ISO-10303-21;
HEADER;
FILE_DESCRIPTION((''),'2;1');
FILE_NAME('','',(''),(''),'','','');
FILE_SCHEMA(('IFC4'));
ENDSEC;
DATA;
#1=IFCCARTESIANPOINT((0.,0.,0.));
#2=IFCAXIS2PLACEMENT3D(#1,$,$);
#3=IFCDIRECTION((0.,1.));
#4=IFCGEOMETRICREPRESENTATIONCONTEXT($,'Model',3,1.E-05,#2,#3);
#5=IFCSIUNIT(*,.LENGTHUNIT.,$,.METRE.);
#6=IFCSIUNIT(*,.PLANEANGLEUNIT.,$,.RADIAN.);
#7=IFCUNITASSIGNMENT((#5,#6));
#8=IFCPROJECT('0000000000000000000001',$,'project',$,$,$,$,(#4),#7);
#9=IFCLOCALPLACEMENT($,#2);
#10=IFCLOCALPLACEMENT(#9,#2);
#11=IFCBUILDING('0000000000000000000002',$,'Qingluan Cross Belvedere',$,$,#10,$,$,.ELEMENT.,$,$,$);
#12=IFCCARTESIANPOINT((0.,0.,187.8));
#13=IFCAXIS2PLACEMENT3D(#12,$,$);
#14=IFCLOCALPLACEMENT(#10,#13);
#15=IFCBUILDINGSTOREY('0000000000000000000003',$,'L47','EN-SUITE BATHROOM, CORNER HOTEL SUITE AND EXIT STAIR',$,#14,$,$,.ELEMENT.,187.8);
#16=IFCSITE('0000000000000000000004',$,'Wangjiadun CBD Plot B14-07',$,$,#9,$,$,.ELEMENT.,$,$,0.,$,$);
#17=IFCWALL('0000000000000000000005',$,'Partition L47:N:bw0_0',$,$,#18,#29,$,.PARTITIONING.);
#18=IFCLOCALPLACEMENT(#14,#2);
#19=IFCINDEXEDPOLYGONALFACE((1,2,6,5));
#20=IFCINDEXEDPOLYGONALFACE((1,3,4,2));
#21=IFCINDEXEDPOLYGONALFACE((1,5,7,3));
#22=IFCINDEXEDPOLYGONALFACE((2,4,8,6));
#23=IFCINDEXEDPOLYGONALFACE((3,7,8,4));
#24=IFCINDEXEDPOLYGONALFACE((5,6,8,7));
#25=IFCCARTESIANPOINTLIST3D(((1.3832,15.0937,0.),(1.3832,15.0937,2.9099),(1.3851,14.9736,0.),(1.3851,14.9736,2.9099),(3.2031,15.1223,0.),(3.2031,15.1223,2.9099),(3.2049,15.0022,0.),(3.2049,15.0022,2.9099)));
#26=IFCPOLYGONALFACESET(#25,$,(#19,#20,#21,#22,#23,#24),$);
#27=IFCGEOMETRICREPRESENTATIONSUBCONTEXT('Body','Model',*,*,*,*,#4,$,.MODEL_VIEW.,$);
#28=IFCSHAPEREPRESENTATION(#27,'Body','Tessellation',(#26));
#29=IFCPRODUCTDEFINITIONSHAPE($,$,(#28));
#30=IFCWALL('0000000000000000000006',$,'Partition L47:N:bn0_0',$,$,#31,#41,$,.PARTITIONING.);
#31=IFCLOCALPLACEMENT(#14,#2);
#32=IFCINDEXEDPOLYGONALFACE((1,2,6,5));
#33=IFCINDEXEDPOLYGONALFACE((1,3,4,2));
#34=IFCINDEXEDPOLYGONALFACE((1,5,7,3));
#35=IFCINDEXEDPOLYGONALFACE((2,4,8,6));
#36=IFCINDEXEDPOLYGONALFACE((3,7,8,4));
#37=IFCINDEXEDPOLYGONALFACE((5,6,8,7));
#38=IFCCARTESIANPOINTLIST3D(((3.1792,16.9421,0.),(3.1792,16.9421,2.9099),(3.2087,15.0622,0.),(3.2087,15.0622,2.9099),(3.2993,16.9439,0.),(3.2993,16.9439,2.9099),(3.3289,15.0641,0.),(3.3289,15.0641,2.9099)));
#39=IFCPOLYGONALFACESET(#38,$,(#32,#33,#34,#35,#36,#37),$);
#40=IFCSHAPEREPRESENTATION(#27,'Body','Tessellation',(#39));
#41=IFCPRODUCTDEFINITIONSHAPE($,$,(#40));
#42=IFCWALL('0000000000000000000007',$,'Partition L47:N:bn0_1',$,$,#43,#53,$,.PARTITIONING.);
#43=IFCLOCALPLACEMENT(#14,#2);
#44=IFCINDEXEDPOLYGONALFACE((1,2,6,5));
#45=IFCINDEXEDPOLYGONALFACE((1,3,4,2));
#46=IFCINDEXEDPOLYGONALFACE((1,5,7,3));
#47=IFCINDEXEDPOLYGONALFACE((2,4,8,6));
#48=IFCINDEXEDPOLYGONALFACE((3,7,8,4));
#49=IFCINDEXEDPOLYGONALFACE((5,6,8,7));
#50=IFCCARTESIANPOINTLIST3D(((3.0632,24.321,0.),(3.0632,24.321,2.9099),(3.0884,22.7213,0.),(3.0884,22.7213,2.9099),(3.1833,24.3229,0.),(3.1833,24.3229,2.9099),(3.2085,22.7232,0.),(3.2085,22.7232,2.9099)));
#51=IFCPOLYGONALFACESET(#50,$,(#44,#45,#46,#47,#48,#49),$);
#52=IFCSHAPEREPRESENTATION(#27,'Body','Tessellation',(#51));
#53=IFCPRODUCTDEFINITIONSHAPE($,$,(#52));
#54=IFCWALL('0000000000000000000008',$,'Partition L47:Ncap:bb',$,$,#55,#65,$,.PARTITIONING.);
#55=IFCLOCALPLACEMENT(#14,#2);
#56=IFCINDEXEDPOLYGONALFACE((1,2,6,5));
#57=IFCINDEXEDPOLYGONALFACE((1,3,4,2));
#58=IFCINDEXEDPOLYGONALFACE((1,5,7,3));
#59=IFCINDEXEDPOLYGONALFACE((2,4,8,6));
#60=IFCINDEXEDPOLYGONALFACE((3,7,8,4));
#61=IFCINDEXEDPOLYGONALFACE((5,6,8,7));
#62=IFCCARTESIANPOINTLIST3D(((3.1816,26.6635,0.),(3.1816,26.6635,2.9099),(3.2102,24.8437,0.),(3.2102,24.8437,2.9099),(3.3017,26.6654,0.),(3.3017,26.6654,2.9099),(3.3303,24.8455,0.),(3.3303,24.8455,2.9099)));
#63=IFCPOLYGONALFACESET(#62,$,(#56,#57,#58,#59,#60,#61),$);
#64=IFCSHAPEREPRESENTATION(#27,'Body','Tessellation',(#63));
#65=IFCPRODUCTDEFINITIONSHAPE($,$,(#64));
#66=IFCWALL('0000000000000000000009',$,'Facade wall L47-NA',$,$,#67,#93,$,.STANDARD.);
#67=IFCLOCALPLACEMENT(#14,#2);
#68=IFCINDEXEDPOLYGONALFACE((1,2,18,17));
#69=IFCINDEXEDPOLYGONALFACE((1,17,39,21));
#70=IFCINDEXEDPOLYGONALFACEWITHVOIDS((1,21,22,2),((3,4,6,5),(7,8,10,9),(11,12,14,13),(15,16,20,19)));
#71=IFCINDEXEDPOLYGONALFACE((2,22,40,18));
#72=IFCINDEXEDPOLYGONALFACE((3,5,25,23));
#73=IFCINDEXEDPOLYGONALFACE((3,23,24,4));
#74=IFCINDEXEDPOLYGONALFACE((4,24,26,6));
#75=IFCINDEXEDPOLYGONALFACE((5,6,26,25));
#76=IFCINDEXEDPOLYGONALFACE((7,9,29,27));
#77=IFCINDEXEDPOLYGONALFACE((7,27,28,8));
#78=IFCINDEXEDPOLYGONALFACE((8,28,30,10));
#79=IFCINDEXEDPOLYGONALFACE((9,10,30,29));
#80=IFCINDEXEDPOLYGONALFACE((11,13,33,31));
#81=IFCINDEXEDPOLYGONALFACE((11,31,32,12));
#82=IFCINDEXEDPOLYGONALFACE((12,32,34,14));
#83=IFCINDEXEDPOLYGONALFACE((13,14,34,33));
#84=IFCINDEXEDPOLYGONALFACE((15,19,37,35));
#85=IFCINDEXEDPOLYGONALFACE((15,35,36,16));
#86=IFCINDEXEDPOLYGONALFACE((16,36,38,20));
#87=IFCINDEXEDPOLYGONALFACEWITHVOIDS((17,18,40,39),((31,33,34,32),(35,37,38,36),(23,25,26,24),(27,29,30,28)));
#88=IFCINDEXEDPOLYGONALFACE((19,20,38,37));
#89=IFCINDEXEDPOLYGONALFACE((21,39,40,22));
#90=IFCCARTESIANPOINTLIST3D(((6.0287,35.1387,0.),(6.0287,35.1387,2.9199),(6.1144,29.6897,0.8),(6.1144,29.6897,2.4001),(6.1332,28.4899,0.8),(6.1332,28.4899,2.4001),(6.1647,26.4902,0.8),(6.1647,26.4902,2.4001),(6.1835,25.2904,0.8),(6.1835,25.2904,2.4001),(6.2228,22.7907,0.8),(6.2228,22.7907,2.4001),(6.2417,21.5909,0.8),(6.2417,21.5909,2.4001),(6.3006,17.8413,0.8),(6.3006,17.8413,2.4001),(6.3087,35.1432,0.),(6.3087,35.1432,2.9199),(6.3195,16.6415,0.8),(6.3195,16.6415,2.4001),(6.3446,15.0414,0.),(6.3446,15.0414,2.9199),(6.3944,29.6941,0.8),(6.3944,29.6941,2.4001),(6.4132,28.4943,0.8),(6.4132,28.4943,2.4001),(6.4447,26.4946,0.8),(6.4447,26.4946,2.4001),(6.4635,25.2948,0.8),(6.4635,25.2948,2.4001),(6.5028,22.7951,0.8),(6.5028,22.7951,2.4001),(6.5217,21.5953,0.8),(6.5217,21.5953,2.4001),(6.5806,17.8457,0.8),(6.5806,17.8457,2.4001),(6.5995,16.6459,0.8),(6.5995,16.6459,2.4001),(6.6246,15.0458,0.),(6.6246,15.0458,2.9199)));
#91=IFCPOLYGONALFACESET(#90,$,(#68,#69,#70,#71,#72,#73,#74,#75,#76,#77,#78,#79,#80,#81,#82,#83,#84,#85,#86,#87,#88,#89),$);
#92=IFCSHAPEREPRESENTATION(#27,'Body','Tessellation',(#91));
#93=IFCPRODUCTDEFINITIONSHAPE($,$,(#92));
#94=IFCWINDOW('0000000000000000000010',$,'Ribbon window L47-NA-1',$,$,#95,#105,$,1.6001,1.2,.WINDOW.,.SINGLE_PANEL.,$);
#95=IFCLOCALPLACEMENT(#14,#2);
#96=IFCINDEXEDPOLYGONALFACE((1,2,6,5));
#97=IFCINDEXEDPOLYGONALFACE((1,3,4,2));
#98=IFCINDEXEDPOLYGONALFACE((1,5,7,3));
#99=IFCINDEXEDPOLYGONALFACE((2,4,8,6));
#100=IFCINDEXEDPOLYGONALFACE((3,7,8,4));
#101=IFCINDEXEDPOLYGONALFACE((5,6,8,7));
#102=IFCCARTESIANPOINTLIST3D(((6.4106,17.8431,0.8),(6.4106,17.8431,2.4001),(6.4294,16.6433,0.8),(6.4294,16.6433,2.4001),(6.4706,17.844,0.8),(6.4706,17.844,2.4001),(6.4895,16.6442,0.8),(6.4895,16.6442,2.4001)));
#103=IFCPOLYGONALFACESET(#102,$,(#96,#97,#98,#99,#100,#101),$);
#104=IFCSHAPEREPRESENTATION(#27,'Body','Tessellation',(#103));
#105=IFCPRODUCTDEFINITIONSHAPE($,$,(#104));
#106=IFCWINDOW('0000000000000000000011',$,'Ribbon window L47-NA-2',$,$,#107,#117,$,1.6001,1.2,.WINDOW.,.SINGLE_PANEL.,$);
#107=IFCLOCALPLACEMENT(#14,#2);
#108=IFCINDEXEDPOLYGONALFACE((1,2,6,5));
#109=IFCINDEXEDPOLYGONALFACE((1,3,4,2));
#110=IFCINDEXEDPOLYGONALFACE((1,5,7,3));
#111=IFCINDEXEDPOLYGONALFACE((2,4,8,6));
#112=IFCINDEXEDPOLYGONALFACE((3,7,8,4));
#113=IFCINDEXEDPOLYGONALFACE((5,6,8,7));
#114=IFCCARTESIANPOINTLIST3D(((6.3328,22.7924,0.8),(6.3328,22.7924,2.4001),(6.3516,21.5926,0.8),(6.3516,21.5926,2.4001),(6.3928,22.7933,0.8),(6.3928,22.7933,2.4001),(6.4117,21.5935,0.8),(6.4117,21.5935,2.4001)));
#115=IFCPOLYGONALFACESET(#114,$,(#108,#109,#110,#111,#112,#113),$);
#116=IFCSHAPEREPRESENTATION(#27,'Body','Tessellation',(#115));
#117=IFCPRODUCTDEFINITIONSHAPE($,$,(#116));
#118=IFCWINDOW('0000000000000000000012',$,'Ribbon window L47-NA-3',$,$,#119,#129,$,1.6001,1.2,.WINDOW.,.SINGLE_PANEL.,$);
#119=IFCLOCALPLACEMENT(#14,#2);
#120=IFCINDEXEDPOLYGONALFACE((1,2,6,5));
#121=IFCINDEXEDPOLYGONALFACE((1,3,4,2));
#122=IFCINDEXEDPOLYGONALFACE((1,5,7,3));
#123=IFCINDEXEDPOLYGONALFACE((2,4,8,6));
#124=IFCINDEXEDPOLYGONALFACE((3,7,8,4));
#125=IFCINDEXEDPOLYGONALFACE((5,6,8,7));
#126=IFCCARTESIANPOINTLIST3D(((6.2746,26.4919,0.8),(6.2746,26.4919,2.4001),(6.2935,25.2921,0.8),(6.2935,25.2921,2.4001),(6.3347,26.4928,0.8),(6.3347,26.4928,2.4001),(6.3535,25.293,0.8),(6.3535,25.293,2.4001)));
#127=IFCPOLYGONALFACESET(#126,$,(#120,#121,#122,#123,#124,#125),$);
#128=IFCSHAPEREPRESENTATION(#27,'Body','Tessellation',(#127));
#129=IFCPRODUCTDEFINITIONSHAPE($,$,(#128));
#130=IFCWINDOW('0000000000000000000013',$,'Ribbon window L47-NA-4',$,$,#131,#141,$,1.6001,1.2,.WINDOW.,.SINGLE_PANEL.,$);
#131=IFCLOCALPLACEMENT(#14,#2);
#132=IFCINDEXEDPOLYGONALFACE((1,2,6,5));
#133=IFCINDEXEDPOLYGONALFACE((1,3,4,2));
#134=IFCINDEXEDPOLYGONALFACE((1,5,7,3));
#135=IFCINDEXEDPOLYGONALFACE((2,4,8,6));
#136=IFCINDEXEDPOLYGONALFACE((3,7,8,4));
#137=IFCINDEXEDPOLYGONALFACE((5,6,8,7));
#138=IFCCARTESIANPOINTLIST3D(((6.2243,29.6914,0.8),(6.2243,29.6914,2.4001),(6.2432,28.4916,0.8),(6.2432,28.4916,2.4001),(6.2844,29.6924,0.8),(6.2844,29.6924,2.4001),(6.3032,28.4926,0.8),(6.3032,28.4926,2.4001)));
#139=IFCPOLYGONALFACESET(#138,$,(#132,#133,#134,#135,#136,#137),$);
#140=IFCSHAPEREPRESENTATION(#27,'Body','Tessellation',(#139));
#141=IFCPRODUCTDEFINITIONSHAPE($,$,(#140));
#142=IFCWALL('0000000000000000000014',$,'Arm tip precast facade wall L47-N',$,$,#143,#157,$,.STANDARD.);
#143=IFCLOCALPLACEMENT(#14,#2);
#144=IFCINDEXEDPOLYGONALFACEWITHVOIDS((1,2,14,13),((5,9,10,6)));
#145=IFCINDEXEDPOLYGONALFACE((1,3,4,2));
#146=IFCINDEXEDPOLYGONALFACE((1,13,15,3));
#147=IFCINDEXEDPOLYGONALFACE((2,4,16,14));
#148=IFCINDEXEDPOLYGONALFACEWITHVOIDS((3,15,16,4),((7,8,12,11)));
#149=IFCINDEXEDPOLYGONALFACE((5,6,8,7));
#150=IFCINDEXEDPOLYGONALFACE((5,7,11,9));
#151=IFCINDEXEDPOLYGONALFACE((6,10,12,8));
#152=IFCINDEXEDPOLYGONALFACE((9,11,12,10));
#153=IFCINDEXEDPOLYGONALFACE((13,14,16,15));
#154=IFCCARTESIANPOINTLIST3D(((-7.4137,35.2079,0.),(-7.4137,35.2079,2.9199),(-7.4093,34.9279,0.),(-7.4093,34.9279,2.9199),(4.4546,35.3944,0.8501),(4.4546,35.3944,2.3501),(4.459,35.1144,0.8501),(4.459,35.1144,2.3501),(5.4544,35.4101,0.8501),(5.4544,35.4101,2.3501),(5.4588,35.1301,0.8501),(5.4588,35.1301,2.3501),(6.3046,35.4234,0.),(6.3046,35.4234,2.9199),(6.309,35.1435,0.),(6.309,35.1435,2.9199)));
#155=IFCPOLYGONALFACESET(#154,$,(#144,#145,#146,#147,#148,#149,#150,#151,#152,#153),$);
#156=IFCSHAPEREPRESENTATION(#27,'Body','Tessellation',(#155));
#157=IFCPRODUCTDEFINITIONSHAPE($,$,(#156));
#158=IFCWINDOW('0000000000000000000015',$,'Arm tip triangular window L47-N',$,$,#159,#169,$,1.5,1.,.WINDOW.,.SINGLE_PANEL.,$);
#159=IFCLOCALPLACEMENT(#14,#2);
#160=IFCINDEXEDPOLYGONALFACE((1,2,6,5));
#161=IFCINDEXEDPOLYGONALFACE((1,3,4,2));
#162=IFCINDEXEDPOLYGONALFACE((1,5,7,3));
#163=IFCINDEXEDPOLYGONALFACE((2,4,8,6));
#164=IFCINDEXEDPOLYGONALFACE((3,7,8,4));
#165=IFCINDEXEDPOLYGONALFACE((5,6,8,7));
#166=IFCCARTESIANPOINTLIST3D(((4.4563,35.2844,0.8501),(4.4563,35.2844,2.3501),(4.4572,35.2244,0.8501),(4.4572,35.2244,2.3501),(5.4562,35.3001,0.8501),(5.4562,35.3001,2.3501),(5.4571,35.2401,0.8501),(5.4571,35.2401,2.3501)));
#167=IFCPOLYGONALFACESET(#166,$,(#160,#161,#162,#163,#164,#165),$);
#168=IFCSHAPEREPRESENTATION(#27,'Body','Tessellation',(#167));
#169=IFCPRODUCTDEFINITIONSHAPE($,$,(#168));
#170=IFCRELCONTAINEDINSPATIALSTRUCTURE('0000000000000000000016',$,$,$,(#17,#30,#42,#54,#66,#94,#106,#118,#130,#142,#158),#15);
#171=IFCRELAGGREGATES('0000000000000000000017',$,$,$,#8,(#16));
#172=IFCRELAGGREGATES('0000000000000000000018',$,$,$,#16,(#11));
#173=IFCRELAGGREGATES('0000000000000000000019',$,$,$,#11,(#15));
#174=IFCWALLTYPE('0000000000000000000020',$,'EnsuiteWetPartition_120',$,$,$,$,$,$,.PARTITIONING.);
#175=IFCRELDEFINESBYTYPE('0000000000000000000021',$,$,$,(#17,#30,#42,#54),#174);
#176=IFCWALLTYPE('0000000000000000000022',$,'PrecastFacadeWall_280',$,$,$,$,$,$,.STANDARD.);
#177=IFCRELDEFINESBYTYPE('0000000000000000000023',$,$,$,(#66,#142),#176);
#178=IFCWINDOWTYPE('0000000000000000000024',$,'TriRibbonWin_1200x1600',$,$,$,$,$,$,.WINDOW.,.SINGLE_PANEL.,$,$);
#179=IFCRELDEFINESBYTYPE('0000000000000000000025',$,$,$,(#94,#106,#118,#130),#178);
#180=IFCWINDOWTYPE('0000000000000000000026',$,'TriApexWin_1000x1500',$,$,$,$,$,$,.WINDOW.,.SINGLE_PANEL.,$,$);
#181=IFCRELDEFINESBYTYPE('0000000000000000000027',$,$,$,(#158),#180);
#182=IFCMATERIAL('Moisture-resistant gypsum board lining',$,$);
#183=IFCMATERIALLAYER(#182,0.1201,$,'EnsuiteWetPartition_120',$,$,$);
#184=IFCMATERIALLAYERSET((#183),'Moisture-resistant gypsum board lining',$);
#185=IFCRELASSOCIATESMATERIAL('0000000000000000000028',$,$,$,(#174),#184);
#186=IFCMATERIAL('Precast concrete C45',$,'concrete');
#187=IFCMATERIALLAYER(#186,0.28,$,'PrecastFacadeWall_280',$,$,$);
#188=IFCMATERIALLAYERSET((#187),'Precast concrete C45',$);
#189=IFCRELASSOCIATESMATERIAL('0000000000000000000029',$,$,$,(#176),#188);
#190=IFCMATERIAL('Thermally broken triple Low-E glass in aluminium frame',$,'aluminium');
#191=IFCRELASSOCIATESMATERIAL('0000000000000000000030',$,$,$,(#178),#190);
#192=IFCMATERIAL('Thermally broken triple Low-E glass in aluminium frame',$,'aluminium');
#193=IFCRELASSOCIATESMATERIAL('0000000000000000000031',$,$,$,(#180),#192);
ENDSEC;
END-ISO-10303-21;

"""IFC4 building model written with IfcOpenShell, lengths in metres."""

from ifc_helpers import new_model, si_unit, direction, frame, frame_2d, origin, place, context, subcontext, project, spatial, rectangle, extrude, material, layer, layer_set, type_object, element, fill, save


model = new_model("IFC4")

# Units and contexts
model_context = context("Model", 3, precision=1e-05, world=origin(), true_north=direction((0.0, 1.0)))
body_context = subcontext(model_context, "Body", "Model", "MODEL_VIEW")
ifc_project = project(units=[si_unit("LENGTHUNIT", "METRE"), si_unit("PLANEANGLEUNIT", "RADIAN")], contexts=[model_context])

# Site, building, storey
site_placement = place(None, origin())
site = spatial("IfcSite", under=ifc_project, at=site_placement, Name="Wangjiadun CBD Plot B14-07", CompositionType="ELEMENT", RefElevation=0.0)
building_placement = place(site_placement, origin())
building = spatial("IfcBuilding", under=site, at=building_placement, Name="Qingluan Cross Belvedere", CompositionType="ELEMENT")
storey_placement = place(building_placement, frame((0.0, 0.0, 187.8)))
storey = spatial("IfcBuildingStorey", under=building, at=storey_placement, Name="L47", Description="EN-SUITE BATHROOM, CORNER HOTEL SUITE AND EXIT STAIR", CompositionType="ELEMENT", Elevation=187.8)

# Walls
ifc_material_1 = material(Name="Moisture-resistant gypsum board lining")
ifc_layer_1 = layer(ifc_material_1, 0.1201, Name="EnsuiteWetPartition_120")
ifc_layer_set_1 = layer_set([ifc_layer_1], Name="Moisture-resistant gypsum board lining")
wall_type_1 = type_object("IfcWallType", Name="EnsuiteWetPartition_120", PredefinedType="PARTITIONING", material=ifc_layer_set_1)
wall_1_placement = place(storey_placement, frame((1.384, 15.0337, 0.0), z_axis=(0.0, 0.0, 1.0), x_axis=(0.999877, 0.015694, 0.0)))
element("IfcWall", 1, at=wall_1_placement, inside=storey, type_object=wall_type_1, Name="Partition L47:N:bw0_0", PredefinedType="PARTITIONING", context=body_context, shape_type="SweptSolid", body=[
    extrude(rectangle(XDim=1.8201, YDim=0.1201, at=frame_2d((0.9102, 0.0))), origin(), (0.0, 0.0, 1.0), 2.9099),
])
wall_2_placement = place(storey_placement, frame((3.2688, 15.0632, 0.0), z_axis=(0.0, 0.0, 1.0), x_axis=(-0.015712, 0.999877, 0.0)))
element("IfcWall", 2, at=wall_2_placement, inside=storey, type_object=wall_type_1, Name="Partition L47:N:bn0_0", PredefinedType="PARTITIONING", context=body_context, shape_type="SweptSolid", body=[
    extrude(rectangle(XDim=1.8801, YDim=0.1201, at=frame_2d((0.9399, 0.0))), origin(), (0.0, 0.0, 1.0), 2.9099),
])
wall_3_placement = place(storey_placement, frame((3.1484, 22.7224, 0.0), z_axis=(0.0, 0.0, 1.0), x_axis=(-0.015718, 0.999876, 0.0)))
element("IfcWall", 3, at=wall_3_placement, inside=storey, type_object=wall_type_1, Name="Partition L47:N:bn0_1", PredefinedType="PARTITIONING", context=body_context, shape_type="SweptSolid", body=[
    extrude(rectangle(XDim=1.5999, YDim=0.1201, at=frame_2d((0.7998, 0.0))), origin(), (0.0, 0.0, 1.0), 2.9099),
])
wall_4_placement = place(storey_placement, frame((3.2703, 24.8445, 0.0), z_axis=(0.0, 0.0, 1.0), x_axis=(-0.015694, 0.999877, 0.0)))
element("IfcWall", 4, at=wall_4_placement, inside=storey, type_object=wall_type_1, Name="Partition L47:Ncap:bb", PredefinedType="PARTITIONING", context=body_context, shape_type="SweptSolid", body=[
    extrude(rectangle(XDim=1.8201, YDim=0.1201, at=frame_2d((0.9102, 0.0))), origin(), (0.0, 0.0, 1.0), 2.9099),
])

# Wall, openings, windows
ifc_material_2 = material(Name="Precast concrete C45", Category="concrete")
ifc_layer_2 = layer(ifc_material_2, 0.28, Name="PrecastFacadeWall_280")
ifc_layer_set_2 = layer_set([ifc_layer_2], Name="Precast concrete C45")
wall_type_2 = type_object("IfcWallType", Name="PrecastFacadeWall_280", PredefinedType="STANDARD", material=ifc_layer_set_2)
wall_5_placement = place(storey_placement, frame((6.4846, 15.0437, 0.0), z_axis=(0.0, 0.0, 1.0), x_axis=(-0.015717, 0.999876, 0.0)))
wall_5 = element("IfcWall", 5, at=wall_5_placement, inside=storey, type_object=wall_type_2, Name="Facade wall L47-NA", PredefinedType="STANDARD", context=body_context, shape_type="SweptSolid", body=[
    extrude(rectangle(XDim=20.0999, YDim=0.28, at=frame_2d((10.0498, 0.0))), origin(), (0.0, 0.0, 1.0), 2.9199),
])
opening_1_placement = place(wall_5_placement, frame((1.6001, 0.0, 0.8)))
opening_1 = element("IfcOpeningElement", 6, at=opening_1_placement, cuts=wall_5, PredefinedType="OPENING", context=body_context, shape_type="SweptSolid", body=[
    extrude(rectangle(XDim=1.2, YDim=1.6001, at=frame_2d((0.6001, 0.8))), frame((0.0, 0.1499, 0.0), z_axis=(0.0, -1.0, 0.0), x_axis=(1.0, 0.0, 0.0)), (0.0, 0.0, 1.0), 0.3),
])
opening_2_placement = place(wall_5_placement, frame((6.55, 0.0, 0.8)))
opening_2 = element("IfcOpeningElement", 7, at=opening_2_placement, cuts=wall_5, PredefinedType="OPENING", context=body_context, shape_type="SweptSolid", body=[
    extrude(rectangle(XDim=1.2, YDim=1.6001, at=frame_2d((0.6001, 0.8))), frame((0.0, 0.1499, 0.0), z_axis=(0.0, -1.0, 0.0), x_axis=(1.0, 0.0, 0.0)), (0.0, 0.0, 1.0), 0.3),
])
opening_3_placement = place(wall_5_placement, frame((10.25, 0.0, 0.8)))
opening_3 = element("IfcOpeningElement", 8, at=opening_3_placement, cuts=wall_5, PredefinedType="OPENING", context=body_context, shape_type="SweptSolid", body=[
    extrude(rectangle(XDim=1.2, YDim=1.6001, at=frame_2d((0.6001, 0.8))), frame((0.0, 0.1499, 0.0), z_axis=(0.0, -1.0, 0.0), x_axis=(1.0, 0.0, 0.0)), (0.0, 0.0, 1.0), 0.3),
])
opening_4_placement = place(wall_5_placement, frame((13.45, 0.0, 0.8)))
opening_4 = element("IfcOpeningElement", 9, at=opening_4_placement, cuts=wall_5, PredefinedType="OPENING", context=body_context, shape_type="SweptSolid", body=[
    extrude(rectangle(XDim=1.2, YDim=1.6001, at=frame_2d((0.6001, 0.8))), frame((0.0, 0.1499, 0.0), z_axis=(0.0, -1.0, 0.0), x_axis=(1.0, 0.0, 0.0)), (0.0, 0.0, 1.0), 0.3),
])
ifc_material_3 = material(Name="Thermally broken triple Low-E glass in aluminium frame", Category="aluminium")
window_type_1 = type_object("IfcWindowType", Name="TriRibbonWin_1200x1600", PartitioningType="SINGLE_PANEL", PredefinedType="WINDOW", material=ifc_material_3)
window_1_placement = place(opening_1_placement, origin())
window_1 = element("IfcWindow", 10, at=window_1_placement, inside=storey, type_object=window_type_1, Name="Ribbon window L47-NA-1", OverallHeight=1.6001, OverallWidth=1.2, PartitioningType="SINGLE_PANEL", PredefinedType="WINDOW", context=body_context, shape_type="SweptSolid", body=[
    extrude(rectangle(XDim=1.2, YDim=1.6001, at=frame_2d((0.6001, 0.8))), frame((0.0, 0.03, 0.0), z_axis=(0.0, -1.0, 0.0), x_axis=(1.0, 0.0, 0.0)), (0.0, 0.0, 1.0), 0.0601),
])
fill(opening_1, window_1)
window_2_placement = place(opening_2_placement, origin())
window_2 = element("IfcWindow", 11, at=window_2_placement, inside=storey, type_object=window_type_1, Name="Ribbon window L47-NA-2", OverallHeight=1.6001, OverallWidth=1.2, PartitioningType="SINGLE_PANEL", PredefinedType="WINDOW", context=body_context, shape_type="SweptSolid", body=[
    extrude(rectangle(XDim=1.2, YDim=1.6001, at=frame_2d((0.6001, 0.8))), frame((0.0, 0.03, 0.0), z_axis=(0.0, -1.0, 0.0), x_axis=(1.0, 0.0, 0.0)), (0.0, 0.0, 1.0), 0.0601),
])
fill(opening_2, window_2)
window_3_placement = place(opening_3_placement, origin())
window_3 = element("IfcWindow", 12, at=window_3_placement, inside=storey, type_object=window_type_1, Name="Ribbon window L47-NA-3", OverallHeight=1.6001, OverallWidth=1.2, PartitioningType="SINGLE_PANEL", PredefinedType="WINDOW", context=body_context, shape_type="SweptSolid", body=[
    extrude(rectangle(XDim=1.2, YDim=1.6001, at=frame_2d((0.6001, 0.8))), frame((0.0, 0.03, 0.0), z_axis=(0.0, -1.0, 0.0), x_axis=(1.0, 0.0, 0.0)), (0.0, 0.0, 1.0), 0.0601),
])
fill(opening_3, window_3)
window_4_placement = place(opening_4_placement, origin())
window_4 = element("IfcWindow", 13, at=window_4_placement, inside=storey, type_object=window_type_1, Name="Ribbon window L47-NA-4", OverallHeight=1.6001, OverallWidth=1.2, PartitioningType="SINGLE_PANEL", PredefinedType="WINDOW", context=body_context, shape_type="SweptSolid", body=[
    extrude(rectangle(XDim=1.2, YDim=1.6001, at=frame_2d((0.6001, 0.8))), frame((0.0, 0.03, 0.0), z_axis=(0.0, -1.0, 0.0), x_axis=(1.0, 0.0, 0.0)), (0.0, 0.0, 1.0), 0.0601),
])
fill(opening_4, window_4)

# Wall, opening, window
wall_6_placement = place(storey_placement, frame((6.3066, 35.2834, 0.0), z_axis=(0.0, 0.0, 1.0), x_axis=(-0.999877, -0.015713, 0.0)))
wall_6 = element("IfcWall", 14, at=wall_6_placement, inside=storey, type_object=wall_type_2, Name="Arm tip precast facade wall L47-N", PredefinedType="STANDARD", context=body_context, shape_type="SweptSolid", body=[
    extrude(rectangle(XDim=13.72, YDim=0.28, at=frame_2d((6.8599, 0.0))), origin(), (0.0, 0.0, 1.0), 2.9199),
])
opening_5_placement = place(wall_6_placement, frame((0.8501, 0.0, 0.8501)))
opening_5 = element("IfcOpeningElement", 15, at=opening_5_placement, cuts=wall_6, PredefinedType="OPENING", context=body_context, shape_type="SweptSolid", body=[
    extrude(rectangle(XDim=1.0, YDim=1.5, at=frame_2d((0.5, 0.75))), frame((0.0, 0.1499, 0.0), z_axis=(0.0, -1.0, 0.0), x_axis=(1.0, 0.0, 0.0)), (0.0, 0.0, 1.0), 0.3),
])
ifc_material_4 = material(Name="Thermally broken triple Low-E glass in aluminium frame", Category="aluminium")
window_type_2 = type_object("IfcWindowType", Name="TriApexWin_1000x1500", PartitioningType="SINGLE_PANEL", PredefinedType="WINDOW", material=ifc_material_4)
window_5_placement = place(opening_5_placement, origin())
window_5 = element("IfcWindow", 16, at=window_5_placement, inside=storey, type_object=window_type_2, Name="Arm tip triangular window L47-N", OverallHeight=1.5, OverallWidth=1.0, PartitioningType="SINGLE_PANEL", PredefinedType="WINDOW", context=body_context, shape_type="SweptSolid", body=[
    extrude(rectangle(XDim=1.0, YDim=1.5, at=frame_2d((0.5, 0.75))), frame((0.0, 0.03, 0.0), z_axis=(0.0, -1.0, 0.0), x_axis=(1.0, 0.0, 0.0)), (0.0, 0.0, 1.0), 0.0601),
])
fill(opening_5, window_5)

save(model, "model.ifc")
